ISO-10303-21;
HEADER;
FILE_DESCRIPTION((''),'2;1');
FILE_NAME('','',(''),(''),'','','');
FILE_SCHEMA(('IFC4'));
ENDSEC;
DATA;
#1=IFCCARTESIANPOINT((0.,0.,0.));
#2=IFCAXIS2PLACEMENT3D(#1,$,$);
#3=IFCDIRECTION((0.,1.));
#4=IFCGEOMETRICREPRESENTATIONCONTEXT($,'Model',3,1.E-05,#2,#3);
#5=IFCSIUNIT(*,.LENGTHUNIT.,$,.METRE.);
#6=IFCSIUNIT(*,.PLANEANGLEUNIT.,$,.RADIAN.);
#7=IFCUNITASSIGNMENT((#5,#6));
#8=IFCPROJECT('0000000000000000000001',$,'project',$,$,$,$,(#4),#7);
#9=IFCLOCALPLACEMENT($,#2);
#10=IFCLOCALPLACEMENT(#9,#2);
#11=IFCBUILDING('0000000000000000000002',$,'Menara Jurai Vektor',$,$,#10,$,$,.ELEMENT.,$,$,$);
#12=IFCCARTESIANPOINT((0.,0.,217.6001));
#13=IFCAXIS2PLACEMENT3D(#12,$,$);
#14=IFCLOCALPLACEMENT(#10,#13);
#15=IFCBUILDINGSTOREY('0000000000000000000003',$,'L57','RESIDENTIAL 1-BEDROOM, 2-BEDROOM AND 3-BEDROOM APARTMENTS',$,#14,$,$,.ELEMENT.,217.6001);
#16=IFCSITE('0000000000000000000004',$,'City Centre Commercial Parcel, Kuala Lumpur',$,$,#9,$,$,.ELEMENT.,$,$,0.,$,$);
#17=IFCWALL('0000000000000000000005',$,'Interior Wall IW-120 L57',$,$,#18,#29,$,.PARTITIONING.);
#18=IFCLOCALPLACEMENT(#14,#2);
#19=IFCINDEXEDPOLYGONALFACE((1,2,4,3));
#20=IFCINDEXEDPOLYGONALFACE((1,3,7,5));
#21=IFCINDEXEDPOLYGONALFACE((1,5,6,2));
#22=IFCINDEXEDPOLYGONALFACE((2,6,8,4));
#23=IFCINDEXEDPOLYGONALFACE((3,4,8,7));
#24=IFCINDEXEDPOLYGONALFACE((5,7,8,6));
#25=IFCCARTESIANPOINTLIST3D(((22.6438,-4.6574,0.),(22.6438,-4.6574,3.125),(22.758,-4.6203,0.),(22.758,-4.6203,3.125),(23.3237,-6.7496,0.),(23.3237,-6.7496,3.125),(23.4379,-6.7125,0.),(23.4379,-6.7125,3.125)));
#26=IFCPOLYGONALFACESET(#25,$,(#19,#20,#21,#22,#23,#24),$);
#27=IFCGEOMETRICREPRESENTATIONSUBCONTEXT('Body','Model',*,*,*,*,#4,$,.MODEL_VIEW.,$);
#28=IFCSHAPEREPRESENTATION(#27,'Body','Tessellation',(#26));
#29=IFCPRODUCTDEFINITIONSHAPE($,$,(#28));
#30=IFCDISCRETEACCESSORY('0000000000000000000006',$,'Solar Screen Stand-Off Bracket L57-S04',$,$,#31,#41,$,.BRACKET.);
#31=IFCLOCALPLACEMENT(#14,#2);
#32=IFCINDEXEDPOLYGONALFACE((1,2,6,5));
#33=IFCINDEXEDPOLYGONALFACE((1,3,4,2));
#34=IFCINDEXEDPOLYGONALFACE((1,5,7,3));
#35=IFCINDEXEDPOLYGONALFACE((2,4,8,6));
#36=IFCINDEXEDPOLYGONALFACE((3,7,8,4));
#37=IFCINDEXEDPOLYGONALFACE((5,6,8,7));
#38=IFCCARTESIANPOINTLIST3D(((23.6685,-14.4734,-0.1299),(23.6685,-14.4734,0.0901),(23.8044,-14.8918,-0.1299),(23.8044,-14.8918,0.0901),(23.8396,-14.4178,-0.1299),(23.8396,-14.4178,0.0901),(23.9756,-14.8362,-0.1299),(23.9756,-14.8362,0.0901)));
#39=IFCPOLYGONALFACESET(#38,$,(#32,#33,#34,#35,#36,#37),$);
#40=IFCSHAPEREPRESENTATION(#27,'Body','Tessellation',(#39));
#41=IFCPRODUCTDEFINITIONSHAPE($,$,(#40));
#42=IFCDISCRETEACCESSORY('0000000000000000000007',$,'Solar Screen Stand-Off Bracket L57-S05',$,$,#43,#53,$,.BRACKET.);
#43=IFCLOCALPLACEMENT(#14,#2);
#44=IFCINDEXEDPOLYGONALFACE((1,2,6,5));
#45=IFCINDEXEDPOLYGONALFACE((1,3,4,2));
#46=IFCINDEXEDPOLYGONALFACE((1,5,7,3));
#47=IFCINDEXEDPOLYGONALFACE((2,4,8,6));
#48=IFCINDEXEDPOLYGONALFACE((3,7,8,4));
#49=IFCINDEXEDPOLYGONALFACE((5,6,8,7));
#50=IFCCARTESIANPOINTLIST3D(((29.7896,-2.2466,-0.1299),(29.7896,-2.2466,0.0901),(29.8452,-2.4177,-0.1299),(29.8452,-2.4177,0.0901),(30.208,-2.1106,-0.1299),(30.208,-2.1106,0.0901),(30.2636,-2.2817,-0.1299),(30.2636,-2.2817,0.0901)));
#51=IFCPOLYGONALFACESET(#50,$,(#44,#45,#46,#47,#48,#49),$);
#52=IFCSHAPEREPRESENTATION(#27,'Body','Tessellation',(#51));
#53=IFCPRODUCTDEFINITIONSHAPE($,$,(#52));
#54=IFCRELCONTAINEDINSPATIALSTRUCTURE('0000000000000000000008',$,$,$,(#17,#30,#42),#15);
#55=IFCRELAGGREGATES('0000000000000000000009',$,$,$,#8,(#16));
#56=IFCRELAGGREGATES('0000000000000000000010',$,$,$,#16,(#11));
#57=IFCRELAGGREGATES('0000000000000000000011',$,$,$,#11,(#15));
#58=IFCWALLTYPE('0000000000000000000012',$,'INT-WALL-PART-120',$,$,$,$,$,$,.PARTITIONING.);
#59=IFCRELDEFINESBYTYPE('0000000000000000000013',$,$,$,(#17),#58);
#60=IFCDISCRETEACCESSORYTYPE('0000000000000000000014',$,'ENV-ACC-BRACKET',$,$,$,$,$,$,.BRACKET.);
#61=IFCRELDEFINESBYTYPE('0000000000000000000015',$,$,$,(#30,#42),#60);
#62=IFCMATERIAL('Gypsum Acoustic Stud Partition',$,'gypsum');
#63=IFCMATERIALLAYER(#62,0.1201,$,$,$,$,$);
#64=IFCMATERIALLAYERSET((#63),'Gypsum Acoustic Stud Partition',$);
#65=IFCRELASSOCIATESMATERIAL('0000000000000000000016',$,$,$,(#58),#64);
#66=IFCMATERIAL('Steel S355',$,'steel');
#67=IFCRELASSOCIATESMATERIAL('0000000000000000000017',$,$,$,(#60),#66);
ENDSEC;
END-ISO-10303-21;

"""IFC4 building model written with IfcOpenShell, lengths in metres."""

from ifc_helpers import new_model, si_unit, direction, frame, frame_2d, origin, origin_2d, place, context, subcontext, project, spatial, rectangle, extrude, material, layer, layer_set, type_object, element, save


model = new_model("IFC4")

# Units and contexts
model_context = context("Model", 3, precision=1e-05, world=origin(), true_north=direction((0.0, 1.0)))
body_context = subcontext(model_context, "Body", "Model", "MODEL_VIEW")
ifc_project = project(units=[si_unit("LENGTHUNIT", "METRE"), si_unit("PLANEANGLEUNIT", "RADIAN")], contexts=[model_context])

# Site, building, storey
site_placement = place(None, origin())
site = spatial("IfcSite", under=ifc_project, at=site_placement, Name="City Centre Commercial Parcel, Kuala Lumpur", CompositionType="ELEMENT", RefElevation=0.0)
building_placement = place(site_placement, origin())
building = spatial("IfcBuilding", under=site, at=building_placement, Name="Menara Jurai Vektor", CompositionType="ELEMENT")
storey_placement = place(building_placement, frame((0.0, 0.0, 217.6001)))
storey = spatial("IfcBuildingStorey", under=building, at=storey_placement, Name="L57", Description="RESIDENTIAL 1-BEDROOM, 2-BEDROOM AND 3-BEDROOM APARTMENTS", CompositionType="ELEMENT", Elevation=217.6001)

# Shared definitions
ifc_material_1 = material(Name="Steel S355", Category="steel")

# Wall
ifc_material_2 = material(Name="Gypsum Acoustic Stud Partition", Category="gypsum")
ifc_layer_1 = layer(ifc_material_2, 0.1201)
ifc_layer_set_1 = layer_set([ifc_layer_1], Name="Gypsum Acoustic Stud Partition")
wall_type_1 = type_object("IfcWallType", Name="INT-WALL-PART-120", PredefinedType="PARTITIONING", material=ifc_layer_set_1)
wall_1_placement = place(storey_placement, frame((23.3809, -6.7312, 0.0), z_axis=(0.0, 0.0, 1.0), x_axis=(-0.309061, 0.951042, 0.0)))
element("IfcWall", 1, at=wall_1_placement, inside=storey, type_object=wall_type_1, Name="Interior Wall IW-120 L57", PredefinedType="PARTITIONING", context=body_context, shape_type="SweptSolid", body=[
    extrude(rectangle(XDim=2.2, YDim=0.1201, at=frame_2d((1.1001, 0.0))), origin(), (0.0, 0.0, 1.0), 3.125),
])

# Discrete accessories
discrete_accessory_type = type_object("IfcDiscreteAccessoryType", Name="ENV-ACC-BRACKET", PredefinedType="BRACKET", material=ifc_material_1)
for number, where, z_axis, x_axis, name in (
    (2, (23.822, -14.6548, -0.1299), (0.0, 0.0, 1.0), (0.951057, 0.309017, 0.0), "Solar Screen Stand-Off Bracket L57-S04"),
    (3, (30.0266, -2.2642, -0.1299), (0.0, 0.0, 1.0), (-0.309017, 0.951057, 0.0), "Solar Screen Stand-Off Bracket L57-S05"),
):
    element("IfcDiscreteAccessory", number, at=place(storey_placement, frame(where, z_axis=z_axis, x_axis=x_axis)), inside=storey, type_object=discrete_accessory_type, Name=name, PredefinedType="BRACKET", context=body_context, shape_type="SweptSolid", body=[
        extrude(rectangle(XDim=0.1799, YDim=0.4399, at=origin_2d()), origin(), (0.0, 0.0, 1.0), 0.22),
    ])

save(model, "model.ifc")
